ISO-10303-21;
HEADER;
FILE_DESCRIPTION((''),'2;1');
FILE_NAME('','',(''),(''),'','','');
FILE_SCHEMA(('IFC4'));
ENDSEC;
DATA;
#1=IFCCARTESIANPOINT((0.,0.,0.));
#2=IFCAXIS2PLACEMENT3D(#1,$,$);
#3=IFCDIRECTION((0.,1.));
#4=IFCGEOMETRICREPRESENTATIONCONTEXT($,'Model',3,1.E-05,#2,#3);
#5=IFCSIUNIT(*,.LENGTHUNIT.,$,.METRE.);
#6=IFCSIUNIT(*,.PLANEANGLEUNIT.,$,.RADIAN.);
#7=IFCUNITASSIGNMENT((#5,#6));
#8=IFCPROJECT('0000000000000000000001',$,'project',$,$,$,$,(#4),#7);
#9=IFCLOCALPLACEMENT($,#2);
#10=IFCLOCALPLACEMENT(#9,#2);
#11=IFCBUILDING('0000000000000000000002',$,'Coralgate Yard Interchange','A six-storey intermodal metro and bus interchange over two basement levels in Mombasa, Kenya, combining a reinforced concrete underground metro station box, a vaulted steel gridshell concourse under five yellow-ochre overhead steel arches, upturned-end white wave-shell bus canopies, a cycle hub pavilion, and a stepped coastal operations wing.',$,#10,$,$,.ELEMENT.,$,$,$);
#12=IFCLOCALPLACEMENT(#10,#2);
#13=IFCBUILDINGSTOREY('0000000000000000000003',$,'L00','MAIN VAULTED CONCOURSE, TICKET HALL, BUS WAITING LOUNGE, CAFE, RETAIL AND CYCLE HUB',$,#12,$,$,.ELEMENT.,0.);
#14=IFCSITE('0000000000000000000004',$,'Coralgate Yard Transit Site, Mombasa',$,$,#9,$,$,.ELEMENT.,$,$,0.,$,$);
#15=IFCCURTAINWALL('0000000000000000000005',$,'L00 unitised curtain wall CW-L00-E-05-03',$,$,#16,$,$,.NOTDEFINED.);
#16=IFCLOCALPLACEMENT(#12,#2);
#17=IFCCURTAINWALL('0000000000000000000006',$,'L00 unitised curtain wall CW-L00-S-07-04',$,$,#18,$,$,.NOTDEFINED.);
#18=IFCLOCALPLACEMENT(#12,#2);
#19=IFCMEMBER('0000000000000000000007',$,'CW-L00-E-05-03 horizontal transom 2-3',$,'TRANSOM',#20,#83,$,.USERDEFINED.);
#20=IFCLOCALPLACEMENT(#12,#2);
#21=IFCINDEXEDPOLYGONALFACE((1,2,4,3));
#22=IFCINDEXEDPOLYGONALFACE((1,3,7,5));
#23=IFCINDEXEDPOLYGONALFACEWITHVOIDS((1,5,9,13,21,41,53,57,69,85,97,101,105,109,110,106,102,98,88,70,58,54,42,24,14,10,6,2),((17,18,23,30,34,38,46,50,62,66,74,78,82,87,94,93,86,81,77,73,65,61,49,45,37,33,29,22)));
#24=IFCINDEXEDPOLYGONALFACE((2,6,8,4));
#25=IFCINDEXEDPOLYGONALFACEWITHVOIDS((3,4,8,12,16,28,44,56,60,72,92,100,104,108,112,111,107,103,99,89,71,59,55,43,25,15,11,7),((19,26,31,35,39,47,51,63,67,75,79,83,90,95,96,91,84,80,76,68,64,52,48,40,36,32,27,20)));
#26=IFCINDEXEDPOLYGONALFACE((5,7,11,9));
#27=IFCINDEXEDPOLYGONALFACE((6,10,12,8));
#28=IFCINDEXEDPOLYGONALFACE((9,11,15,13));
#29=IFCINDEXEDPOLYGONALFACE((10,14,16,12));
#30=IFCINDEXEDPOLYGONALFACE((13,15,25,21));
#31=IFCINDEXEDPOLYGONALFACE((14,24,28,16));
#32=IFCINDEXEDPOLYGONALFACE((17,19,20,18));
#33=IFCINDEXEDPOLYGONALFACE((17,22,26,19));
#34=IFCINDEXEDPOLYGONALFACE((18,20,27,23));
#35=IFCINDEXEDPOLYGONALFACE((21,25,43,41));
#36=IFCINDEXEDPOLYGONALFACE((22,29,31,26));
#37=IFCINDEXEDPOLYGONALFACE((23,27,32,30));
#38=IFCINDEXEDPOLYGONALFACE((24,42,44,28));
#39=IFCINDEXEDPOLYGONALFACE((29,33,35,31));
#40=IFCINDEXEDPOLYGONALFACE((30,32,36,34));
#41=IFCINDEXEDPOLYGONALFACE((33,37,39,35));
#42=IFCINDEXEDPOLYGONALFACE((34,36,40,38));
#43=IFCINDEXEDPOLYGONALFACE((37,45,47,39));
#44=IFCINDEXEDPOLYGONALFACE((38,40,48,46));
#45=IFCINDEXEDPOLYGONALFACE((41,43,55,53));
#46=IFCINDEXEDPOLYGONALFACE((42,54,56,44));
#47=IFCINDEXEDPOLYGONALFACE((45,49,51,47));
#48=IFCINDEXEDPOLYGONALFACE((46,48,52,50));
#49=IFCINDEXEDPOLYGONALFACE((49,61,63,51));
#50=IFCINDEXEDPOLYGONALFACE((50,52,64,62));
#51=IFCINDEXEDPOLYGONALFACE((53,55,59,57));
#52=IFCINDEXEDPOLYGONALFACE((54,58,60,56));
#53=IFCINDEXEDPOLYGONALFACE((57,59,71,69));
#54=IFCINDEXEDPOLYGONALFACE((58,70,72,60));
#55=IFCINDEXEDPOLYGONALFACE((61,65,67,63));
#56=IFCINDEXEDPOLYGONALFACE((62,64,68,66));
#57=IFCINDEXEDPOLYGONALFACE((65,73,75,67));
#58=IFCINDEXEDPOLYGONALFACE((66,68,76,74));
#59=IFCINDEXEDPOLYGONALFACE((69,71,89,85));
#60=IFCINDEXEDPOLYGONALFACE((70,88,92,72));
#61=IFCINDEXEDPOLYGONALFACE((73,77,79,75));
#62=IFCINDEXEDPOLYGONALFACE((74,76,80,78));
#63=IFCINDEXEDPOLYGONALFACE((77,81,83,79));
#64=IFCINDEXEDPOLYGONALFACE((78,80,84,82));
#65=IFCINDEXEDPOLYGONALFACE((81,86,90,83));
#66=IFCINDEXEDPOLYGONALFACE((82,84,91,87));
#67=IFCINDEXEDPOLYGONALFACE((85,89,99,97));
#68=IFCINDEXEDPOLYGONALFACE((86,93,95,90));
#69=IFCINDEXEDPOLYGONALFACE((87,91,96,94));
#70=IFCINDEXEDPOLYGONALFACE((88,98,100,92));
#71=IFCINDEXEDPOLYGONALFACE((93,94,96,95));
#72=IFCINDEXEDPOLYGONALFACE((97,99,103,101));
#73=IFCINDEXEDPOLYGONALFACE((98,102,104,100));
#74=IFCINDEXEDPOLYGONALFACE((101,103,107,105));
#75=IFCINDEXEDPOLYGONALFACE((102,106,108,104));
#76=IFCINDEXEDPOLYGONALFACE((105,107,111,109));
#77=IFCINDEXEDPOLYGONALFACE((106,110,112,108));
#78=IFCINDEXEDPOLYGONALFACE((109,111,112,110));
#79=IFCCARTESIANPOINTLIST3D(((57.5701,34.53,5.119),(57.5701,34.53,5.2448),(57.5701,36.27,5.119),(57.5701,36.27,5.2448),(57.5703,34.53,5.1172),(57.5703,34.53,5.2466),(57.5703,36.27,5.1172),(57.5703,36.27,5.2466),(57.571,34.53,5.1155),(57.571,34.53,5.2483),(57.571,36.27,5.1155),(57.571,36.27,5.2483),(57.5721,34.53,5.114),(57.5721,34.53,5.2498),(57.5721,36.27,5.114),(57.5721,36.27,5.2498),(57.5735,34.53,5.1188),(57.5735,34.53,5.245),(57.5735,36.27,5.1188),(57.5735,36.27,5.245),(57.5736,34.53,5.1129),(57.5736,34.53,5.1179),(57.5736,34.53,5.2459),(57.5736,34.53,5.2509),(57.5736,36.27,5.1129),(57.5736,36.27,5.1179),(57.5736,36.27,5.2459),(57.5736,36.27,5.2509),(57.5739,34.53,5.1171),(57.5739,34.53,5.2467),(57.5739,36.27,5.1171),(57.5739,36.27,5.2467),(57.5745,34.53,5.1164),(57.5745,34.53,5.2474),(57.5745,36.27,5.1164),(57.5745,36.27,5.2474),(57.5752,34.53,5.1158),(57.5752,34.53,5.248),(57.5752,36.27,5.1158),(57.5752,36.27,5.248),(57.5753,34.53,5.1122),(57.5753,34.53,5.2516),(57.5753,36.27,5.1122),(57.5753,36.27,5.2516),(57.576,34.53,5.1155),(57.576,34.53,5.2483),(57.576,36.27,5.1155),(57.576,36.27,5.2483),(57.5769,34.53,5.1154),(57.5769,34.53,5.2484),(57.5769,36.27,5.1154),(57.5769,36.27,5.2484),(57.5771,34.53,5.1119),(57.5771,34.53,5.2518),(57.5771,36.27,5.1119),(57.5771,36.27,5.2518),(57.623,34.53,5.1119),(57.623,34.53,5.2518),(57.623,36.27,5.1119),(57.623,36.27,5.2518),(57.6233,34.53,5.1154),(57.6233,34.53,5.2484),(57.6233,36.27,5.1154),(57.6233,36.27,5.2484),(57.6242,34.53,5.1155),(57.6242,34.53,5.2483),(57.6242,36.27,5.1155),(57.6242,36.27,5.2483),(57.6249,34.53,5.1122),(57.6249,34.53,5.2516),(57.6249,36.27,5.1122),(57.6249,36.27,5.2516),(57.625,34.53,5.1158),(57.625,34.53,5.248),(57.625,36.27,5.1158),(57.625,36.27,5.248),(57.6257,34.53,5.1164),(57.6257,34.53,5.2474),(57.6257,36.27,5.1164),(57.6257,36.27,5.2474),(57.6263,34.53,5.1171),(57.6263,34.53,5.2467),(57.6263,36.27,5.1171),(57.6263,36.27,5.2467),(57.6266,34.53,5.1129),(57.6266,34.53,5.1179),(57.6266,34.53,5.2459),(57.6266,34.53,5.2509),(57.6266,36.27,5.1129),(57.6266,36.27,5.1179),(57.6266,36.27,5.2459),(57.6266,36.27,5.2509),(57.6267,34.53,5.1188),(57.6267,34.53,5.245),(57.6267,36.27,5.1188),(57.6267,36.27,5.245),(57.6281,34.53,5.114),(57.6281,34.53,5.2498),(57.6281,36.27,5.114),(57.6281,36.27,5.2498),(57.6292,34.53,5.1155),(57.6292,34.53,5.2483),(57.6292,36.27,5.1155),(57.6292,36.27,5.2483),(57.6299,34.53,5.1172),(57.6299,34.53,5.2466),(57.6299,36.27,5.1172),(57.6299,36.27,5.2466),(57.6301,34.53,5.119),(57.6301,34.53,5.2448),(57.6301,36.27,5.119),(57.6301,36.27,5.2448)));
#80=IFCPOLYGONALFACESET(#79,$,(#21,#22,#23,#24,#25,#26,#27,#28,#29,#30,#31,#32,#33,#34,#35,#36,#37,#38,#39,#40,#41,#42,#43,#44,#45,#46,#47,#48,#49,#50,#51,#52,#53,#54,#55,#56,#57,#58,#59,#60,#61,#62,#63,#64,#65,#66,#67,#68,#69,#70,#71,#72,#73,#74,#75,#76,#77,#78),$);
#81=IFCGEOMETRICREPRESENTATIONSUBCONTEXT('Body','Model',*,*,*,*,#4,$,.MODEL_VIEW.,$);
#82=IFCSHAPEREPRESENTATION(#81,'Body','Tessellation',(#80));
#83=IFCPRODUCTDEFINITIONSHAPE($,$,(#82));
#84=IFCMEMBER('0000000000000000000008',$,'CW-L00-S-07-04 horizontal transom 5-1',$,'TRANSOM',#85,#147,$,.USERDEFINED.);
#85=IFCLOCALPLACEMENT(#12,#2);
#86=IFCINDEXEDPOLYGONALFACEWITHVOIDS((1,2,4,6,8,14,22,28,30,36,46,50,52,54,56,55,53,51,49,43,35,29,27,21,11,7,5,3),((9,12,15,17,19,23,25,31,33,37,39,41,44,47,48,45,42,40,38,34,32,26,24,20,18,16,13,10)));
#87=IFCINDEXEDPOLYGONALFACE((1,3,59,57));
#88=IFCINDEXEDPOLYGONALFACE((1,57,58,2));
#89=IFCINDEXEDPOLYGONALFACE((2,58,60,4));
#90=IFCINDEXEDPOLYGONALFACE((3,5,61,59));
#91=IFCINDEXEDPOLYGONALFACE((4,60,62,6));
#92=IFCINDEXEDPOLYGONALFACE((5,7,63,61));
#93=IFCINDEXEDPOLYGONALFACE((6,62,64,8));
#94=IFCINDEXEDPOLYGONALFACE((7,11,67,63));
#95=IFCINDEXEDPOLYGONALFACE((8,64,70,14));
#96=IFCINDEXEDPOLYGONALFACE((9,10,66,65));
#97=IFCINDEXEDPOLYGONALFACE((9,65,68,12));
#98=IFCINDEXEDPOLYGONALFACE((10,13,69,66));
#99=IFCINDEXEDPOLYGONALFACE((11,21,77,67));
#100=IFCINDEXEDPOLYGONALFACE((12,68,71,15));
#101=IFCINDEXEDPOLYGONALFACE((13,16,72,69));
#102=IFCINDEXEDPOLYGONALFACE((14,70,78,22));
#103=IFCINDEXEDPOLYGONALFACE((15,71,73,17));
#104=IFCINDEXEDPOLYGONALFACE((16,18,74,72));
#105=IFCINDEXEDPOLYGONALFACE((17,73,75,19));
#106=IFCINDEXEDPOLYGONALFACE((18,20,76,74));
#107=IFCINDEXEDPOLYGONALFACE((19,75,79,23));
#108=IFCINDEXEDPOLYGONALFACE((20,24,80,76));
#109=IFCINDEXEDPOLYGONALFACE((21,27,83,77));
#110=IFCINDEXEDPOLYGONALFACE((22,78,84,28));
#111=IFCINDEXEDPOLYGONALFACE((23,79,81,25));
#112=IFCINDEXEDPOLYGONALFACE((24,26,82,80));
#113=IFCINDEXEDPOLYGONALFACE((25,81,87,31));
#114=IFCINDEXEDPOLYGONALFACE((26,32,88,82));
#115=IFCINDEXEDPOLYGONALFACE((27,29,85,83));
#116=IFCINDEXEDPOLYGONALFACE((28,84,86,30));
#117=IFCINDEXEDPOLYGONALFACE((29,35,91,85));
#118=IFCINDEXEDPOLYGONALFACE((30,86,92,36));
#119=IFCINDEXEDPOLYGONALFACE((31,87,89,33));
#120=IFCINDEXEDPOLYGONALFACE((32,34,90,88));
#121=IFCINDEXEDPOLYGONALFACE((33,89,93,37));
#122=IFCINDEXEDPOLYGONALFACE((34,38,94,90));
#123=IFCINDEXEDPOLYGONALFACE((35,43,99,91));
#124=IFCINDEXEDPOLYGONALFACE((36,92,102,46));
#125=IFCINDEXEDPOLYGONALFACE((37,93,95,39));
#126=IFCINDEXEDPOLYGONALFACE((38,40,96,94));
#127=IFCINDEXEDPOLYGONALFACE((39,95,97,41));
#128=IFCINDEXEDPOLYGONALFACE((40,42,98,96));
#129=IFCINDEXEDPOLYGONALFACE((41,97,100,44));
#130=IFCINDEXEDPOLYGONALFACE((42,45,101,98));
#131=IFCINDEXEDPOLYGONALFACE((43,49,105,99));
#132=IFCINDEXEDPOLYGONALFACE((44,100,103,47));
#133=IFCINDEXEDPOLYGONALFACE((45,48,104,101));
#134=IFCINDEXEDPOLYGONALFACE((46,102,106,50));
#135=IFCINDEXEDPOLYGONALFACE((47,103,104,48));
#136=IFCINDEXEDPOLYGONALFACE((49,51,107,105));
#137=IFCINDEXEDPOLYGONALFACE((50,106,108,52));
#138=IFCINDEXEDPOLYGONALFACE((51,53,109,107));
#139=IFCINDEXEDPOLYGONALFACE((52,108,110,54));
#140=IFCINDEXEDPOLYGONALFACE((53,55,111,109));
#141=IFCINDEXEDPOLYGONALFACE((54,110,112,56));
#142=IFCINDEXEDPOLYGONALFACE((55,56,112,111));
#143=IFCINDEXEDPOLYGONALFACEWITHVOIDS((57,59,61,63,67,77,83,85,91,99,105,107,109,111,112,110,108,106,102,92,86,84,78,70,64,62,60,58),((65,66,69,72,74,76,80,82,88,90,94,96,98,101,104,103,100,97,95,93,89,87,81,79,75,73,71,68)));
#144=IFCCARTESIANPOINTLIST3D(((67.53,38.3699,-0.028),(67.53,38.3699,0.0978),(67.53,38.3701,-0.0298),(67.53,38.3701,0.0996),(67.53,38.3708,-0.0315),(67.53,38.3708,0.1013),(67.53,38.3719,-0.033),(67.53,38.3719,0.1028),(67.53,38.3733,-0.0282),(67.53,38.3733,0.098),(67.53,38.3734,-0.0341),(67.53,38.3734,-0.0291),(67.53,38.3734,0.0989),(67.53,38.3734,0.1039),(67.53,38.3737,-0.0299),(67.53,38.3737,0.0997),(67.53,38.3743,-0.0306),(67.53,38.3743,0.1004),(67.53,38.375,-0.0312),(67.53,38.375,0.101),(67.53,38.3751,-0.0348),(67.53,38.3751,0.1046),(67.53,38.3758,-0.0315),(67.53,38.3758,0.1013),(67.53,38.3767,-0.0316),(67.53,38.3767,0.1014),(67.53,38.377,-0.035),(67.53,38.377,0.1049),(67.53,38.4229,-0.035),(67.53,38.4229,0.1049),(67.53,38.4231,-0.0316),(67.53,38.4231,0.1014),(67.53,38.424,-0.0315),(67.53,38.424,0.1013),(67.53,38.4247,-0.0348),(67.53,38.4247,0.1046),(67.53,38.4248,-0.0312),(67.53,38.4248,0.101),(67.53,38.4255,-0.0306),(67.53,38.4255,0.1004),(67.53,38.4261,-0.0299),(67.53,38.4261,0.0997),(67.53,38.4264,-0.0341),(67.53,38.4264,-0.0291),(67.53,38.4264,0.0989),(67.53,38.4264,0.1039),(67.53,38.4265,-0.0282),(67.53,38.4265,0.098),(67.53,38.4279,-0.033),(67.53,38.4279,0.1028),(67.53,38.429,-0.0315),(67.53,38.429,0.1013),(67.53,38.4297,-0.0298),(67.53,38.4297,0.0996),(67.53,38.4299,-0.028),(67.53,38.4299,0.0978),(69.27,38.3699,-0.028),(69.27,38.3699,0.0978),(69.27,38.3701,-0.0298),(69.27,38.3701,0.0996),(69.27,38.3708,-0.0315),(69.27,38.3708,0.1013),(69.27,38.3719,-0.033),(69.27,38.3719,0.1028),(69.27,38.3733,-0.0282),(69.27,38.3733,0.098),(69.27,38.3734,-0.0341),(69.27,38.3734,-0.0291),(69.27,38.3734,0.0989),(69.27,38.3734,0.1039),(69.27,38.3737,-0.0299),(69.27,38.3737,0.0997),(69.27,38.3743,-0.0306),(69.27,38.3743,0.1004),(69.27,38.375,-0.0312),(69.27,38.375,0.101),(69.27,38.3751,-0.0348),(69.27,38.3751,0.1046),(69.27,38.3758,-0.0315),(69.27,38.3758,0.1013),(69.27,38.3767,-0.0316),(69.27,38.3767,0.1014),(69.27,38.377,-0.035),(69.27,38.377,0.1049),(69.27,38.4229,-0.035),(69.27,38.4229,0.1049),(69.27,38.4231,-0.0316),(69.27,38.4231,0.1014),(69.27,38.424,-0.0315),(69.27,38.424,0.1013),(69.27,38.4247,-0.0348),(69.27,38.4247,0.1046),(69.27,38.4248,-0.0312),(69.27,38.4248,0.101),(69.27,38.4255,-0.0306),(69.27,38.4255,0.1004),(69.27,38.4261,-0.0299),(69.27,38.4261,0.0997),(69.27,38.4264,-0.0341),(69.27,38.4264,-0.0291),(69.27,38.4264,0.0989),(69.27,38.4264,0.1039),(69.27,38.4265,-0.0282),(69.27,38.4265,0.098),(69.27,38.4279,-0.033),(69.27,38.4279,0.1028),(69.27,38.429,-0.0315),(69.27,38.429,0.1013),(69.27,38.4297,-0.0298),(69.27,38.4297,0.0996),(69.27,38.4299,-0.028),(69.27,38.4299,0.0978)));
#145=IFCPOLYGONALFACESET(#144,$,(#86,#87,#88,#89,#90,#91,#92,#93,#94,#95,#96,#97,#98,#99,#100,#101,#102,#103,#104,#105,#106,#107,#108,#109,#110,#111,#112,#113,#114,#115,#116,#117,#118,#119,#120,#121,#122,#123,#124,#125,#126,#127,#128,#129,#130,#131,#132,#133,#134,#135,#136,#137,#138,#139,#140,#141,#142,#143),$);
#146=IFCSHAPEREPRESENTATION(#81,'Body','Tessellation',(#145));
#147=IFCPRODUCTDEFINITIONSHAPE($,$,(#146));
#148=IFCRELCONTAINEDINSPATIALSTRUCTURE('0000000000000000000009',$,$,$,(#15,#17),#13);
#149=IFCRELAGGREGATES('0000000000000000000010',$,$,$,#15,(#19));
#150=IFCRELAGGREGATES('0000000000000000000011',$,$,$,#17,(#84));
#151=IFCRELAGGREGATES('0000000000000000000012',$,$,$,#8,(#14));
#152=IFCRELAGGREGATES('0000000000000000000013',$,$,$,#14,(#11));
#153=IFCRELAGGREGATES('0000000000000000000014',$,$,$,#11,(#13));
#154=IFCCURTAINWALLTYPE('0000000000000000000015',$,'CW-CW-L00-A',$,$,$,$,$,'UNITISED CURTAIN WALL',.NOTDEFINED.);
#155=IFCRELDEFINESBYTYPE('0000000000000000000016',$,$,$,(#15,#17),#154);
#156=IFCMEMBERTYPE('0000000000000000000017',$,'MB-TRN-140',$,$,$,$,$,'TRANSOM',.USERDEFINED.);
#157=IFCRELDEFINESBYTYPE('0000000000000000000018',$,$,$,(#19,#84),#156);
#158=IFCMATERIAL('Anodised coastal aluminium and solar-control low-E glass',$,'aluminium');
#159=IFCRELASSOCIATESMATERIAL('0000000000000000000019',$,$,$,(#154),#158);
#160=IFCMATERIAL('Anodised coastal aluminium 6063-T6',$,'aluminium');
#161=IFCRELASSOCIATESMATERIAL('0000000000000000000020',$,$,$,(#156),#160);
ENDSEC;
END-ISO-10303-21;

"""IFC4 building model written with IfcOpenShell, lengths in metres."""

from ifc_helpers import new_model, si_unit, direction, frame, origin, origin_2d, place, context, subcontext, project, spatial, hollow_rectangle, extrude, material, material_profile, profile_set, type_object, element, aggregate, save


model = new_model("IFC4")

# Units and contexts
model_context = context("Model", 3, precision=1e-05, world=origin(), true_north=direction((0.0, 1.0)))
body_context = subcontext(model_context, "Body", "Model", "MODEL_VIEW")
ifc_project = project(units=[si_unit("LENGTHUNIT", "METRE"), si_unit("PLANEANGLEUNIT", "RADIAN")], contexts=[model_context])

# Site, building, storey
site_placement = place(None, origin())
site = spatial("IfcSite", under=ifc_project, at=site_placement, Name="Coralgate Yard Transit Site, Mombasa", CompositionType="ELEMENT", RefElevation=0.0)
building_placement = place(site_placement, origin())
building = spatial("IfcBuilding", under=site, at=building_placement, Name="Coralgate Yard Interchange", Description="A six-storey intermodal metro and bus interchange over two basement levels in Mombasa, Kenya, combining a reinforced concrete underground metro station box, a vaulted steel gridshell concourse under five yellow-ochre overhead steel arches, upturned-end white wave-shell bus canopies, a cycle hub pavilion, and a stepped coastal operations wing.", CompositionType="ELEMENT")
storey_placement = place(building_placement, origin())
storey = spatial("IfcBuildingStorey", under=building, at=storey_placement, Name="L00", Description="MAIN VAULTED CONCOURSE, TICKET HALL, BUS WAITING LOUNGE, CAFE, RETAIL AND CYCLE HUB", CompositionType="ELEMENT", Elevation=0.0)

# Curtain wall
ifc_material_1 = material(Name="Anodised coastal aluminium and solar-control low-E glass", Category="aluminium")
curtain_wall_type = type_object("IfcCurtainWallType", Name="CW-CW-L00-A", ElementType="UNITISED CURTAIN WALL", PredefinedType="NOTDEFINED", material=ifc_material_1)
curtain_wall_1_placement = place(storey_placement, origin())
curtain_wall_1 = element("IfcCurtainWall", 1, at=curtain_wall_1_placement, inside=storey, type_object=curtain_wall_type, Name="L00 unitised curtain wall CW-L00-E-05-03", PredefinedType="NOTDEFINED")
ifc_material_2 = material(Name="Anodised coastal aluminium 6063-T6", Category="aluminium")

# Curtain wall
curtain_wall_2_placement = place(storey_placement, origin())
curtain_wall_2 = element("IfcCurtainWall", 2, at=curtain_wall_2_placement, inside=storey, type_object=curtain_wall_type, Name="L00 unitised curtain wall CW-L00-S-07-04", PredefinedType="NOTDEFINED")

# Members
ifc_material_profile_1 = material_profile(ifc_material_2, hollow_rectangle(XDim=0.0601, YDim=0.1399, WallThickness=0.0034, InnerFilletRadius=0.0034, OuterFilletRadius=0.0071, at=origin_2d()), Name="ALU 60x140x3.5")
ifc_profile_set_1 = profile_set([ifc_material_profile_1], Name="Anodised coastal aluminium 6063-T6")
member_type_1 = type_object("IfcMemberType", Name="MB-TRN-140", ElementType="TRANSOM", PredefinedType="USERDEFINED", material=ifc_profile_set_1)
member_1_placement = place(storey_placement, frame((57.6001, 36.27, 5.1819), z_axis=(0.0, -1.0, 0.0), x_axis=(1.0, 0.0, 0.0)))
member_1 = element("IfcMember", 3, at=member_1_placement, type_object=member_type_1, Name="CW-L00-E-05-03 horizontal transom 2-3", ObjectType="TRANSOM", PredefinedType="USERDEFINED", context=body_context, shape_type="SweptSolid", body=[
    extrude(hollow_rectangle(XDim=0.0601, YDim=0.1399, WallThickness=0.0034, InnerFilletRadius=0.0034, OuterFilletRadius=0.0071, at=origin_2d()), origin(), (0.0, 0.0, 1.0), 1.74),
])
member_2_placement = place(storey_placement, frame((69.27, 38.3999, 0.0349), z_axis=(-1.0, 0.0, 0.0), x_axis=(0.0, -1.0, 0.0)))
member_2 = element("IfcMember", 4, at=member_2_placement, type_object=member_type_1, Name="CW-L00-S-07-04 horizontal transom 5-1", ObjectType="TRANSOM", PredefinedType="USERDEFINED", context=body_context, shape_type="SweptSolid", body=[
    extrude(hollow_rectangle(XDim=0.0601, YDim=0.1399, WallThickness=0.0034, InnerFilletRadius=0.0034, OuterFilletRadius=0.0071, at=origin_2d()), origin(), (0.0, 0.0, 1.0), 1.74),
])

aggregate(curtain_wall_1, [member_1])
aggregate(curtain_wall_2, [member_2])

save(model, "model.ifc")
